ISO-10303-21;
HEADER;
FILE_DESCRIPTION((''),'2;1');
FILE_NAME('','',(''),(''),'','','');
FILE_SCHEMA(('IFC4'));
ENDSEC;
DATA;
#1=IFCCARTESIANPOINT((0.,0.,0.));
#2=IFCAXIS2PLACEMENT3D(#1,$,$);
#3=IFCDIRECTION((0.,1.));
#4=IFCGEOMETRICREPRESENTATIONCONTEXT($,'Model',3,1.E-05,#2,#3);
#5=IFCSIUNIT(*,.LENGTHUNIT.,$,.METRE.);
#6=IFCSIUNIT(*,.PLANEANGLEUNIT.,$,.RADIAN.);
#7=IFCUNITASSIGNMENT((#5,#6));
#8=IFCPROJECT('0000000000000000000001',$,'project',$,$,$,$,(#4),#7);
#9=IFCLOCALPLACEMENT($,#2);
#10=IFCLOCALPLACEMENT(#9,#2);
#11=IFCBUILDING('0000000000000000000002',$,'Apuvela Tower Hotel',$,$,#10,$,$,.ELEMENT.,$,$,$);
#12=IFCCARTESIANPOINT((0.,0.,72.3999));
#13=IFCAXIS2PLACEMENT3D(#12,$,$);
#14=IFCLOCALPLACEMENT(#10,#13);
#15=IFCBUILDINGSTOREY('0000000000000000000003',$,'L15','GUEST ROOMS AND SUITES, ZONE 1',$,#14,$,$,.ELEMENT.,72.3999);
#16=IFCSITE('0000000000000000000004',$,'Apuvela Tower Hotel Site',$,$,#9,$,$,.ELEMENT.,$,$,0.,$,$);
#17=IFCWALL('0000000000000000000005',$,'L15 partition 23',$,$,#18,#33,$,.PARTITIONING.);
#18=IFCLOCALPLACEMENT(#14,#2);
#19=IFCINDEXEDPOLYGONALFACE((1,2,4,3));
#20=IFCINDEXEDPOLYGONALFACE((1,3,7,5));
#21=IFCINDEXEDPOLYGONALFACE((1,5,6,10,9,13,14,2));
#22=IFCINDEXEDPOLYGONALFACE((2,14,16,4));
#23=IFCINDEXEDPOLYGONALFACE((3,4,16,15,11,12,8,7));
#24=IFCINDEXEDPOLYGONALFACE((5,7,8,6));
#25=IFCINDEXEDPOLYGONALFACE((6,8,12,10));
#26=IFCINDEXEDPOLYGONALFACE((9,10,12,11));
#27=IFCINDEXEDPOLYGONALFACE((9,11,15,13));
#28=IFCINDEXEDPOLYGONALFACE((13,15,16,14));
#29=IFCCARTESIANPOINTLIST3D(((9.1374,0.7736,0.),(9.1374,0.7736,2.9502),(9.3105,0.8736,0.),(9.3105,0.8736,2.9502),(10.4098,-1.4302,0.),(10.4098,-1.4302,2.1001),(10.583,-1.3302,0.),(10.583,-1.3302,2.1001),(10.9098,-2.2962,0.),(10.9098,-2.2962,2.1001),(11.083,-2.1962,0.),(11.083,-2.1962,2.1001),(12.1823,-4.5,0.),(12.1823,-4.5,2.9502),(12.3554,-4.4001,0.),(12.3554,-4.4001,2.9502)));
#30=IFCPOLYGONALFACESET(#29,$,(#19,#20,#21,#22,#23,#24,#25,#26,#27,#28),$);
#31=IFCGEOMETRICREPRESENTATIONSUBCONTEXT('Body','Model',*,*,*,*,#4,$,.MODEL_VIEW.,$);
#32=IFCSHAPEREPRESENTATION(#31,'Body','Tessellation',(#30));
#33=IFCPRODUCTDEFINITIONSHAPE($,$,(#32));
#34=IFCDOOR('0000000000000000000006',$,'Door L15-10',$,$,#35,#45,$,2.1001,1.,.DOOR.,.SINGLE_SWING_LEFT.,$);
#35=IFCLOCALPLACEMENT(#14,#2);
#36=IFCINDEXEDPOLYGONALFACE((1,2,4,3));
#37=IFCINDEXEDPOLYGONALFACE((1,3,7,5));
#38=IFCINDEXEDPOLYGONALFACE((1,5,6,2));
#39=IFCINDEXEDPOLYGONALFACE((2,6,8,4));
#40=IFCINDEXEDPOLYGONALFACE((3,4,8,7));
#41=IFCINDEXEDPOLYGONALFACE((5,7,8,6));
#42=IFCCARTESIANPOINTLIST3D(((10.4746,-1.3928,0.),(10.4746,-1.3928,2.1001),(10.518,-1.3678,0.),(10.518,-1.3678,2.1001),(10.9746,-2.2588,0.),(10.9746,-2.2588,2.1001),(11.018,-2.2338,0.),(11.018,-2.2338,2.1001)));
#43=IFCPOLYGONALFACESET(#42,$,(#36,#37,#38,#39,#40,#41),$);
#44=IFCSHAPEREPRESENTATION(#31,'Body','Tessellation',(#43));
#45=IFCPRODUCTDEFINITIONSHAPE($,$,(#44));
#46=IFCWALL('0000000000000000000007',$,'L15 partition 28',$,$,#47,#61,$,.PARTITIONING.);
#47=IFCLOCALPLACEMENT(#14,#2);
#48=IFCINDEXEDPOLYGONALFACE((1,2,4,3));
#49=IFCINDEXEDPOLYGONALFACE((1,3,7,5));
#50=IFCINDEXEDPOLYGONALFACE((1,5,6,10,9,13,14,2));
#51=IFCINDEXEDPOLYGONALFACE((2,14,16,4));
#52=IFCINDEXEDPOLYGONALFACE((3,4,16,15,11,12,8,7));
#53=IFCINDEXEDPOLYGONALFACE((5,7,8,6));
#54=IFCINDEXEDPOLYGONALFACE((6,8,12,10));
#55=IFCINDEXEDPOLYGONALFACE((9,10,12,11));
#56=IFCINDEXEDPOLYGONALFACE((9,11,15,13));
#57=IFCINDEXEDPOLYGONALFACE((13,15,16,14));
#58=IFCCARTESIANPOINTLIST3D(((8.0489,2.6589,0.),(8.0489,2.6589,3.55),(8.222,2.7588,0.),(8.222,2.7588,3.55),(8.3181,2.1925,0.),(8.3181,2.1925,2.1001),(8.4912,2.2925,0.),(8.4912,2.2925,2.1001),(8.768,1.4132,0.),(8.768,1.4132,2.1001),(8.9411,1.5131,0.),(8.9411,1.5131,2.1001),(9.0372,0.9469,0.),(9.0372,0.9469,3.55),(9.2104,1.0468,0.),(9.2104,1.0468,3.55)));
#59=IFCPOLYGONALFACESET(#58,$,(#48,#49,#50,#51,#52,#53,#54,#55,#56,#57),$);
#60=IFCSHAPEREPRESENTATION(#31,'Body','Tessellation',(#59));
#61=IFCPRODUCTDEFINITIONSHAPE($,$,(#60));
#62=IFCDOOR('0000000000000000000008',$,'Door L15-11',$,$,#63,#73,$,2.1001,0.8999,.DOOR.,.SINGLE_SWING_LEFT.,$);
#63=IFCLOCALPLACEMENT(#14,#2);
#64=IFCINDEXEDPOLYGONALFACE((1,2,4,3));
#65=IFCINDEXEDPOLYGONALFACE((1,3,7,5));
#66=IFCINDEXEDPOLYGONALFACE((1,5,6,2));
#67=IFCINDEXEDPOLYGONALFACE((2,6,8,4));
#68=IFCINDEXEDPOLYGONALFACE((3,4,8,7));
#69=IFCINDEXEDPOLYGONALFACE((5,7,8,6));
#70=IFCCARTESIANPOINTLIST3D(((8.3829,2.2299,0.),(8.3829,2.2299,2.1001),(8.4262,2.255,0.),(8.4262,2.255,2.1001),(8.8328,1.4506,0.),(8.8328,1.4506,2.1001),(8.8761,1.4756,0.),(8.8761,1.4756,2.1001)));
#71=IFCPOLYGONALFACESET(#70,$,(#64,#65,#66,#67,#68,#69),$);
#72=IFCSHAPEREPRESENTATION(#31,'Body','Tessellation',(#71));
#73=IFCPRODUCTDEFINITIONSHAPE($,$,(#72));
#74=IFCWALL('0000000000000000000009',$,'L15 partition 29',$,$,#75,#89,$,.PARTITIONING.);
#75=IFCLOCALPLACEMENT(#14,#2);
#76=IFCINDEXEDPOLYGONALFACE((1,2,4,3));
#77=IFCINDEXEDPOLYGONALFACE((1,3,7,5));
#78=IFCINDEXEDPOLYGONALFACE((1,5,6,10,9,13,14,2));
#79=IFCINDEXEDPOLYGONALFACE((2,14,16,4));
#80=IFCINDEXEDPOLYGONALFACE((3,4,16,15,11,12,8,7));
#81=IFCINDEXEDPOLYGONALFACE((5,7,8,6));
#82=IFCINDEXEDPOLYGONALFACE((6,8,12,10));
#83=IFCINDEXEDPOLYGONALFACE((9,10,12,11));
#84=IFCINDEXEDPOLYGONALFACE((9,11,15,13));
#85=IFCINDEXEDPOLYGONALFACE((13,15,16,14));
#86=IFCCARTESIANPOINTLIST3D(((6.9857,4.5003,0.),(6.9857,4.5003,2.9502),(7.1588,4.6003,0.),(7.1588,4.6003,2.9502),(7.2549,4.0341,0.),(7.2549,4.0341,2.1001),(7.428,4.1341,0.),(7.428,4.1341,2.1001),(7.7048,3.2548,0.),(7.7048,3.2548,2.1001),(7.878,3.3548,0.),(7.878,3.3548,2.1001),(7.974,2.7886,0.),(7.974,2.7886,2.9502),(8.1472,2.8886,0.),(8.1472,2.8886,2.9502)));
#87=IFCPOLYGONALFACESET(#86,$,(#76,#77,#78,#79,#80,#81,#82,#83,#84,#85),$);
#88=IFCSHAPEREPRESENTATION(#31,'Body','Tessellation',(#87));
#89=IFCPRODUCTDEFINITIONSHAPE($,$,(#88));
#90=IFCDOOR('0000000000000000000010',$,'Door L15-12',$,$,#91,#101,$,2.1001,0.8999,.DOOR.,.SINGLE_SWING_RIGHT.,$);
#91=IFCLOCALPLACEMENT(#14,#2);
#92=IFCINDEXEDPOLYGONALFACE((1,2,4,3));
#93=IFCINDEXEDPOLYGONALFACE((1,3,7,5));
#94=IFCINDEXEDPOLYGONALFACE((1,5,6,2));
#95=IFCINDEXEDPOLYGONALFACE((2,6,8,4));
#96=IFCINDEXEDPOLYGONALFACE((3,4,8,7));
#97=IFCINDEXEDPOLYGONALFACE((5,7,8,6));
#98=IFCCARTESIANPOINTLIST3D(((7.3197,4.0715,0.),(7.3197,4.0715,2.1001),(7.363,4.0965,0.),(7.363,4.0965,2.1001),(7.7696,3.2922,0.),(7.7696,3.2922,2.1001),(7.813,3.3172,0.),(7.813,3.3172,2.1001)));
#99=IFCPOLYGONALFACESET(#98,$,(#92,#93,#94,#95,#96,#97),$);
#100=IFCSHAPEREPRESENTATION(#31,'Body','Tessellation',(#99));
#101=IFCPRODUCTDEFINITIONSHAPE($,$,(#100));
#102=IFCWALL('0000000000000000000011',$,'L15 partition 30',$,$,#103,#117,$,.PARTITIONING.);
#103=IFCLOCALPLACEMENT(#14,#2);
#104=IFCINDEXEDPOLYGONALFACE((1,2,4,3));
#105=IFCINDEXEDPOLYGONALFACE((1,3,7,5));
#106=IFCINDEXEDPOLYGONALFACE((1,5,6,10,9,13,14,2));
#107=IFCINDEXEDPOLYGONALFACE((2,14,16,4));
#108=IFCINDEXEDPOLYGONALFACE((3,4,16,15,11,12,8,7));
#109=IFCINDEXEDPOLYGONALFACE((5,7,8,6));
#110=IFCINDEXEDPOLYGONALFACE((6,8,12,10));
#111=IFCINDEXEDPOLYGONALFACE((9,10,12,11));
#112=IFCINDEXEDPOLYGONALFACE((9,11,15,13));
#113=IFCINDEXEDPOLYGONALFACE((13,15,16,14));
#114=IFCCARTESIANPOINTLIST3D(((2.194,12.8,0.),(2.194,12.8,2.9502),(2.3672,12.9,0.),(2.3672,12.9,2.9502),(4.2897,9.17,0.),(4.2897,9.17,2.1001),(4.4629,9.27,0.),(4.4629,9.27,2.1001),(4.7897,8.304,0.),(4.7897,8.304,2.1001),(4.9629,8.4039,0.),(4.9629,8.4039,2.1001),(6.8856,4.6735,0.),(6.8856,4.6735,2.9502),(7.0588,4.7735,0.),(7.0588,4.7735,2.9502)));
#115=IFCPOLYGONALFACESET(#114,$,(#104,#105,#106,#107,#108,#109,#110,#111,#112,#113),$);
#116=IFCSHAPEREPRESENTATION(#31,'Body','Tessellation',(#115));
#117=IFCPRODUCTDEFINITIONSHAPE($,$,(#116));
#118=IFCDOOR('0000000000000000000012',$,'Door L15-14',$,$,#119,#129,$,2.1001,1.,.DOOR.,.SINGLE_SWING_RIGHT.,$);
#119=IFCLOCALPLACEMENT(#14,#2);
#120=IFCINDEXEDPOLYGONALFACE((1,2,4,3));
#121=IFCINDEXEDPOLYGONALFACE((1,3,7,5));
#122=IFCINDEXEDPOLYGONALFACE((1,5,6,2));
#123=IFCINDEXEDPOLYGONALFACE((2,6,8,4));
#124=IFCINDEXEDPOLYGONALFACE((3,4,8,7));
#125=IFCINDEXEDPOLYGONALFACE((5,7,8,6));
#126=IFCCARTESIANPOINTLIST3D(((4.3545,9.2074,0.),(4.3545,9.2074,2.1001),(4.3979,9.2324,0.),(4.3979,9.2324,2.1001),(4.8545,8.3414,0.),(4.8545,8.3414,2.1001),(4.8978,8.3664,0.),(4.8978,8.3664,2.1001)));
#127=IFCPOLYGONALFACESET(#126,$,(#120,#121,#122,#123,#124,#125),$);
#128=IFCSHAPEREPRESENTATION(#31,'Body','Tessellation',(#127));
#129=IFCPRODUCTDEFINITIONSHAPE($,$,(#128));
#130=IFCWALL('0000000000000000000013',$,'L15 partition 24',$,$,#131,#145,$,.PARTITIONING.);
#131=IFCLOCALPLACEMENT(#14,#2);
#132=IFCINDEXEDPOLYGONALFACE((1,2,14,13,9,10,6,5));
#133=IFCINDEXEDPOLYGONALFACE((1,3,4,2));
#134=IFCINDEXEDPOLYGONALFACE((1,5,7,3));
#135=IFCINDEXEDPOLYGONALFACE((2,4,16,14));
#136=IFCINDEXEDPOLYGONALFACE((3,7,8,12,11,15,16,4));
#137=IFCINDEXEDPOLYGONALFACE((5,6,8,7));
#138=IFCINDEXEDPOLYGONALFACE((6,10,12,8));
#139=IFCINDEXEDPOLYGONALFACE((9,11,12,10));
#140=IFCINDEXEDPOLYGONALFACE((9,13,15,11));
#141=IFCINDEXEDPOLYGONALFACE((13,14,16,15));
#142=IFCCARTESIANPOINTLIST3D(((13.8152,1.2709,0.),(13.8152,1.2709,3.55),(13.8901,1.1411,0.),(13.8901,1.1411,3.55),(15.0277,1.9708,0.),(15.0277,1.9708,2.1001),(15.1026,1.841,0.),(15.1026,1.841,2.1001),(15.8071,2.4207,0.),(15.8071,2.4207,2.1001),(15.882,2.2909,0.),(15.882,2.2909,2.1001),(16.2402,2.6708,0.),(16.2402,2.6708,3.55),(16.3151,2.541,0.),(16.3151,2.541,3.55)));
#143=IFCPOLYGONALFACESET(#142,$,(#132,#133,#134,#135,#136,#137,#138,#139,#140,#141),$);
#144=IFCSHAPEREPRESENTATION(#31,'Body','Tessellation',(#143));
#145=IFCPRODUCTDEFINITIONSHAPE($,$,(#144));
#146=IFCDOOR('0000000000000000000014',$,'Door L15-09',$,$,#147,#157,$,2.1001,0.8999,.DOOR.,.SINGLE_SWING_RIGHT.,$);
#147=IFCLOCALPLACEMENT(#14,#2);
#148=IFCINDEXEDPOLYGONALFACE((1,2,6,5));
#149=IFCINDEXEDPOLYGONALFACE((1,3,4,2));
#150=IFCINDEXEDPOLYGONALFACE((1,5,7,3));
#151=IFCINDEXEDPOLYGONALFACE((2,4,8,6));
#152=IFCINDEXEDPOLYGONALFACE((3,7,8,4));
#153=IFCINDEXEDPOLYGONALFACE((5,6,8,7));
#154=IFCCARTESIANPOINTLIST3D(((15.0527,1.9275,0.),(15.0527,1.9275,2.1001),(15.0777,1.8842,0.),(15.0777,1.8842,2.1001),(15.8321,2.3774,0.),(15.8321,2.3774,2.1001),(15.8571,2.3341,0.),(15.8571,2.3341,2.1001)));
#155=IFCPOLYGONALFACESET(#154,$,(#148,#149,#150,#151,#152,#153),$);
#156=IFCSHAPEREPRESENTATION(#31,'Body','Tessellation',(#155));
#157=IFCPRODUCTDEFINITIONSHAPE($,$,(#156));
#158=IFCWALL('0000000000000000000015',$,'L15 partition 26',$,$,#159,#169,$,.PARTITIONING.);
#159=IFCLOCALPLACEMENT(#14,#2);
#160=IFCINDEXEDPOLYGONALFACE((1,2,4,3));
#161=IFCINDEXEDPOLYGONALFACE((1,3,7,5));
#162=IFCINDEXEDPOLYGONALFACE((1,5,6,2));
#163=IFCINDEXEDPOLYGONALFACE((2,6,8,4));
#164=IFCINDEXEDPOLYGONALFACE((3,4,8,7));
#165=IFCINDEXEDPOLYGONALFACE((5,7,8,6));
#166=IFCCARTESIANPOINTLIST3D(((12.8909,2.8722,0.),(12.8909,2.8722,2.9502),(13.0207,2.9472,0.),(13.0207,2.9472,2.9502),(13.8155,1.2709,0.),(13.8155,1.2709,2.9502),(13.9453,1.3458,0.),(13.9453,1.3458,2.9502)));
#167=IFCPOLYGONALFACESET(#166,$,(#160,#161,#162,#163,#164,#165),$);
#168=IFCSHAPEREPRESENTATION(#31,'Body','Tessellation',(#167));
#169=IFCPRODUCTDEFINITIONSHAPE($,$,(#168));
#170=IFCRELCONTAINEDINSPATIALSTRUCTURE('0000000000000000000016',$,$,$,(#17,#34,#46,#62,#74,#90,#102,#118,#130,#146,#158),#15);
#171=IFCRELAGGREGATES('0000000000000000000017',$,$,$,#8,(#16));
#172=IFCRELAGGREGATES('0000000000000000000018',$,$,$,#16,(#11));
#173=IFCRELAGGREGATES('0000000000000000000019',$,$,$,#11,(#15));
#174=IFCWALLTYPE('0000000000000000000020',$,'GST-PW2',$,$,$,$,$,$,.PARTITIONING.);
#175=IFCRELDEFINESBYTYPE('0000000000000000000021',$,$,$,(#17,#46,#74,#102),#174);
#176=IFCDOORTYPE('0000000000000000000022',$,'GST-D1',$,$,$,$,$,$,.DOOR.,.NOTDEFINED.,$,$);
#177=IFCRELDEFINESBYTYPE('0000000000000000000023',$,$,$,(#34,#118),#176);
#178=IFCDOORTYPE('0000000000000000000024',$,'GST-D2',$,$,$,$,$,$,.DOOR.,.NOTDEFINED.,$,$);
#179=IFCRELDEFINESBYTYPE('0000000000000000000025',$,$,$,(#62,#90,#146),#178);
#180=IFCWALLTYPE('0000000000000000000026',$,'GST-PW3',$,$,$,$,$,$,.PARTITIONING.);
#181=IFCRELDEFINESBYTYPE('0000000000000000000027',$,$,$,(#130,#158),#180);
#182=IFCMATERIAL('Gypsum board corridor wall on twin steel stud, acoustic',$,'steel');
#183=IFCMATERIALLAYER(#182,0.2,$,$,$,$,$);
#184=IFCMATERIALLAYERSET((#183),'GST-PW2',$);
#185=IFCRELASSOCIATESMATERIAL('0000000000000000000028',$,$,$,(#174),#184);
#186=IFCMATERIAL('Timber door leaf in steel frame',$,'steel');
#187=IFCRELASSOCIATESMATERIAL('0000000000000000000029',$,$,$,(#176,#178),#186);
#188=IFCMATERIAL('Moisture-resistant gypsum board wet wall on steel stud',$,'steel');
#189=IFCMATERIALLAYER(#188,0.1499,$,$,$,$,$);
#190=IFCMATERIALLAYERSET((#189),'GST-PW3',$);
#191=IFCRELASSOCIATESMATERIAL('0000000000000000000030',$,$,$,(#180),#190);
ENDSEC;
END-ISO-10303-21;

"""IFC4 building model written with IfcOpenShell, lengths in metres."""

from ifc_helpers import new_model, si_unit, direction, frame, frame_2d, origin, place, context, subcontext, project, spatial, rectangle, extrude, material, layer, layer_set, type_object, element, fill, save


model = new_model("IFC4")

# Units and contexts
model_context = context("Model", 3, precision=1e-05, world=origin(), true_north=direction((0.0, 1.0)))
body_context = subcontext(model_context, "Body", "Model", "MODEL_VIEW")
ifc_project = project(units=[si_unit("LENGTHUNIT", "METRE"), si_unit("PLANEANGLEUNIT", "RADIAN")], contexts=[model_context])

# Site, building, storey
site_placement = place(None, origin())
site = spatial("IfcSite", under=ifc_project, at=site_placement, Name="Apuvela Tower Hotel Site", CompositionType="ELEMENT", RefElevation=0.0)
building_placement = place(site_placement, origin())
building = spatial("IfcBuilding", under=site, at=building_placement, Name="Apuvela Tower Hotel", CompositionType="ELEMENT")
storey_placement = place(building_placement, frame((0.0, 0.0, 72.3999)))
storey = spatial("IfcBuildingStorey", under=building, at=storey_placement, Name="L15", Description="GUEST ROOMS AND SUITES, ZONE 1", CompositionType="ELEMENT", Elevation=72.3999)

# Walls, openings, doors
ifc_material_1 = material(Name="Gypsum board corridor wall on twin steel stud, acoustic", Category="steel")
ifc_layer_1 = layer(ifc_material_1, 0.2)
ifc_layer_set_1 = layer_set([ifc_layer_1], Name="GST-PW2")
wall_type_1 = type_object("IfcWallType", Name="GST-PW2", PredefinedType="PARTITIONING", material=ifc_layer_set_1)
wall_1_placement = place(storey_placement, frame((9.2239, 0.8237, 0.0), z_axis=(0.0, 0.0, 1.0), x_axis=(0.50002, -0.866014, 0.0)))
wall_1 = element("IfcWall", 1, at=wall_1_placement, inside=storey, type_object=wall_type_1, Name="L15 partition 23", PredefinedType="PARTITIONING", context=body_context, shape_type="SweptSolid", body=[
    extrude(rectangle(XDim=6.0896, YDim=0.2, at=frame_2d((3.0449, 0.0))), origin(), (0.0, 0.0, 1.0), 2.9502),
])
opening_1_placement = place(wall_1_placement, frame((2.5449, 0.0, 0.0)))
opening_1 = element("IfcOpeningElement", 2, at=opening_1_placement, cuts=wall_1, PredefinedType="OPENING", context=body_context, shape_type="SweptSolid", body=[
    extrude(rectangle(XDim=1.0, YDim=2.1001, at=frame_2d((0.5, 1.05))), frame((0.0, 0.1099, 0.0), z_axis=(0.0, -1.0, 0.0), x_axis=(1.0, 0.0, 0.0)), (0.0, 0.0, 1.0), 0.22),
])
ifc_material_2 = material(Name="Timber door leaf in steel frame", Category="steel")
door_type_1 = type_object("IfcDoorType", Name="GST-D1", OperationType="NOTDEFINED", PredefinedType="DOOR", material=ifc_material_2)
door_1_placement = place(opening_1_placement, origin())
door_1 = element("IfcDoor", 3, at=door_1_placement, inside=storey, type_object=door_type_1, Name="Door L15-10", OperationType="SINGLE_SWING_LEFT", OverallHeight=2.1001, OverallWidth=1.0, PredefinedType="DOOR", context=body_context, shape_type="SweptSolid", body=[
    extrude(rectangle(XDim=1.0, YDim=2.1001, at=frame_2d((0.5, 1.05))), frame((0.0, 0.0249, 0.0), z_axis=(0.0, -1.0, 0.0), x_axis=(1.0, 0.0, 0.0)), (0.0, 0.0, 1.0), 0.05),
])
fill(opening_1, door_1)
wall_2_placement = place(storey_placement, frame((8.1355, 2.7087, 0.0), z_axis=(0.0, 0.0, 1.0), x_axis=(0.499965, -0.866046, 0.0)))
wall_2 = element("IfcWall", 4, at=wall_2_placement, inside=storey, type_object=wall_type_1, Name="L15 partition 28", PredefinedType="PARTITIONING", context=body_context, shape_type="SweptSolid", body=[
    extrude(rectangle(XDim=1.9768, YDim=0.2, at=frame_2d((0.9883, 0.0))), origin(), (0.0, 0.0, 1.0), 3.55),
])
opening_2_placement = place(wall_2_placement, frame((0.5383, 0.0, 0.0)))
opening_2 = element("IfcOpeningElement", 5, at=opening_2_placement, cuts=wall_2, PredefinedType="OPENING", context=body_context, shape_type="SweptSolid", body=[
    extrude(rectangle(XDim=0.8999, YDim=2.1001, at=frame_2d((0.45, 1.05))), frame((0.0, 0.1099, 0.0), z_axis=(0.0, -1.0, 0.0), x_axis=(1.0, 0.0, 0.0)), (0.0, 0.0, 1.0), 0.22),
])
door_type_2 = type_object("IfcDoorType", Name="GST-D2", OperationType="NOTDEFINED", PredefinedType="DOOR", material=ifc_material_2)
door_2_placement = place(opening_2_placement, origin())
door_2 = element("IfcDoor", 6, at=door_2_placement, inside=storey, type_object=door_type_2, Name="Door L15-11", OperationType="SINGLE_SWING_LEFT", OverallHeight=2.1001, OverallWidth=0.8999, PredefinedType="DOOR", context=body_context, shape_type="SweptSolid", body=[
    extrude(rectangle(XDim=0.8999, YDim=2.1001, at=frame_2d((0.45, 1.05))), frame((0.0, 0.0249, 0.0), z_axis=(0.0, -1.0, 0.0), x_axis=(1.0, 0.0, 0.0)), (0.0, 0.0, 1.0), 0.05),
])
fill(opening_2, door_2)
wall_3_placement = place(storey_placement, frame((7.0723, 4.5503, 0.0), z_axis=(0.0, 0.0, 1.0), x_axis=(0.500018, -0.866015, 0.0)))
wall_3 = element("IfcWall", 7, at=wall_3_placement, inside=storey, type_object=wall_type_1, Name="L15 partition 29", PredefinedType="PARTITIONING", context=body_context, shape_type="SweptSolid", body=[
    extrude(rectangle(XDim=1.9766, YDim=0.2, at=frame_2d((0.9883, 0.0))), origin(), (0.0, 0.0, 1.0), 2.9502),
])
opening_3_placement = place(wall_3_placement, frame((0.5383, 0.0, 0.0)))
opening_3 = element("IfcOpeningElement", 8, at=opening_3_placement, cuts=wall_3, PredefinedType="OPENING", context=body_context, shape_type="SweptSolid", body=[
    extrude(rectangle(XDim=0.8999, YDim=2.1001, at=frame_2d((0.45, 1.05))), frame((0.0, 0.1099, 0.0), z_axis=(0.0, -1.0, 0.0), x_axis=(1.0, 0.0, 0.0)), (0.0, 0.0, 1.0), 0.22),
])
door_3_placement = place(opening_3_placement, origin())
door_3 = element("IfcDoor", 9, at=door_3_placement, inside=storey, type_object=door_type_2, Name="Door L15-12", OperationType="SINGLE_SWING_RIGHT", OverallHeight=2.1001, OverallWidth=0.8999, PredefinedType="DOOR", context=body_context, shape_type="SweptSolid", body=[
    extrude(rectangle(XDim=0.8999, YDim=2.1001, at=frame_2d((0.45, 1.05))), frame((0.0, 0.0249, 0.0), z_axis=(0.0, -1.0, 0.0), x_axis=(1.0, 0.0, 0.0)), (0.0, 0.0, 1.0), 0.05),
])
fill(opening_3, door_3)
wall_4_placement = place(storey_placement, frame((2.2805, 12.8501, 0.0), z_axis=(0.0, 0.0, 1.0), x_axis=(0.499987, -0.866033, 0.0)))
wall_4 = element("IfcWall", 10, at=wall_4_placement, inside=storey, type_object=wall_type_1, Name="L15 partition 30", PredefinedType="PARTITIONING", context=body_context, shape_type="SweptSolid", body=[
    extrude(rectangle(XDim=9.3835, YDim=0.2, at=frame_2d((4.6919, 0.0))), origin(), (0.0, 0.0, 1.0), 2.9502),
])
opening_4_placement = place(wall_4_placement, frame((4.1917, 0.0, 0.0)))
opening_4 = element("IfcOpeningElement", 11, at=opening_4_placement, cuts=wall_4, PredefinedType="OPENING", context=body_context, shape_type="SweptSolid", body=[
    extrude(rectangle(XDim=1.0, YDim=2.1001, at=frame_2d((0.5, 1.05))), frame((0.0, 0.1099, 0.0), z_axis=(0.0, -1.0, 0.0), x_axis=(1.0, 0.0, 0.0)), (0.0, 0.0, 1.0), 0.22),
])
door_4_placement = place(opening_4_placement, origin())
door_4 = element("IfcDoor", 12, at=door_4_placement, inside=storey, type_object=door_type_1, Name="Door L15-14", OperationType="SINGLE_SWING_RIGHT", OverallHeight=2.1001, OverallWidth=1.0, PredefinedType="DOOR", context=body_context, shape_type="SweptSolid", body=[
    extrude(rectangle(XDim=1.0, YDim=2.1001, at=frame_2d((0.5, 1.05))), frame((0.0, 0.0249, 0.0), z_axis=(0.0, -1.0, 0.0), x_axis=(1.0, 0.0, 0.0)), (0.0, 0.0, 1.0), 0.05),
])
fill(opening_4, door_4)
ifc_material_3 = material(Name="Moisture-resistant gypsum board wet wall on steel stud", Category="steel")
ifc_layer_2 = layer(ifc_material_3, 0.1499)
ifc_layer_set_2 = layer_set([ifc_layer_2], Name="GST-PW3")
wall_type_2 = type_object("IfcWallType", Name="GST-PW3", PredefinedType="PARTITIONING", material=ifc_layer_set_2)
wall_5_placement = place(storey_placement, frame((13.8528, 1.2061, 0.0), z_axis=(0.0, 0.0, 1.0), x_axis=(0.866056, 0.499946, 0.0)))
wall_5 = element("IfcWall", 13, at=wall_5_placement, inside=storey, type_object=wall_type_2, Name="L15 partition 24", PredefinedType="PARTITIONING", context=body_context, shape_type="SweptSolid", body=[
    extrude(rectangle(XDim=2.8, YDim=0.1499, at=frame_2d((1.3999, 0.0))), origin(), (0.0, 0.0, 1.0), 3.55),
])
opening_5_placement = place(wall_5_placement, frame((1.3999, 0.0, 0.0)))
opening_5 = element("IfcOpeningElement", 14, at=opening_5_placement, cuts=wall_5, PredefinedType="OPENING", context=body_context, shape_type="SweptSolid", body=[
    extrude(rectangle(XDim=0.8999, YDim=2.1001, at=frame_2d((0.45, 1.05))), frame((0.0, 0.085, 0.0), z_axis=(0.0, -1.0, 0.0), x_axis=(1.0, 0.0, 0.0)), (0.0, 0.0, 1.0), 0.1699),
])
door_5_placement = place(opening_5_placement, origin())
door_5 = element("IfcDoor", 15, at=door_5_placement, inside=storey, type_object=door_type_2, Name="Door L15-09", OperationType="SINGLE_SWING_RIGHT", OverallHeight=2.1001, OverallWidth=0.8999, PredefinedType="DOOR", context=body_context, shape_type="SweptSolid", body=[
    extrude(rectangle(XDim=0.8999, YDim=2.1001, at=frame_2d((0.45, 1.05))), frame((0.0, 0.0249, 0.0), z_axis=(0.0, -1.0, 0.0), x_axis=(1.0, 0.0, 0.0)), (0.0, 0.0, 1.0), 0.05),
])
fill(opening_5, door_5)

# Wall
wall_6_placement = place(storey_placement, frame((13.8804, 1.3083, 0.0), z_axis=(0.0, 0.0, 1.0), x_axis=(-0.500016, 0.866016, 0.0)))
element("IfcWall", 16, at=wall_6_placement, inside=storey, type_object=wall_type_2, Name="L15 partition 26", PredefinedType="PARTITIONING", context=body_context, shape_type="SweptSolid", body=[
    extrude(rectangle(XDim=1.8491, YDim=0.1499, at=frame_2d((0.9246, 0.0))), origin(), (0.0, 0.0, 1.0), 2.9502),
])

save(model, "model.ifc")
